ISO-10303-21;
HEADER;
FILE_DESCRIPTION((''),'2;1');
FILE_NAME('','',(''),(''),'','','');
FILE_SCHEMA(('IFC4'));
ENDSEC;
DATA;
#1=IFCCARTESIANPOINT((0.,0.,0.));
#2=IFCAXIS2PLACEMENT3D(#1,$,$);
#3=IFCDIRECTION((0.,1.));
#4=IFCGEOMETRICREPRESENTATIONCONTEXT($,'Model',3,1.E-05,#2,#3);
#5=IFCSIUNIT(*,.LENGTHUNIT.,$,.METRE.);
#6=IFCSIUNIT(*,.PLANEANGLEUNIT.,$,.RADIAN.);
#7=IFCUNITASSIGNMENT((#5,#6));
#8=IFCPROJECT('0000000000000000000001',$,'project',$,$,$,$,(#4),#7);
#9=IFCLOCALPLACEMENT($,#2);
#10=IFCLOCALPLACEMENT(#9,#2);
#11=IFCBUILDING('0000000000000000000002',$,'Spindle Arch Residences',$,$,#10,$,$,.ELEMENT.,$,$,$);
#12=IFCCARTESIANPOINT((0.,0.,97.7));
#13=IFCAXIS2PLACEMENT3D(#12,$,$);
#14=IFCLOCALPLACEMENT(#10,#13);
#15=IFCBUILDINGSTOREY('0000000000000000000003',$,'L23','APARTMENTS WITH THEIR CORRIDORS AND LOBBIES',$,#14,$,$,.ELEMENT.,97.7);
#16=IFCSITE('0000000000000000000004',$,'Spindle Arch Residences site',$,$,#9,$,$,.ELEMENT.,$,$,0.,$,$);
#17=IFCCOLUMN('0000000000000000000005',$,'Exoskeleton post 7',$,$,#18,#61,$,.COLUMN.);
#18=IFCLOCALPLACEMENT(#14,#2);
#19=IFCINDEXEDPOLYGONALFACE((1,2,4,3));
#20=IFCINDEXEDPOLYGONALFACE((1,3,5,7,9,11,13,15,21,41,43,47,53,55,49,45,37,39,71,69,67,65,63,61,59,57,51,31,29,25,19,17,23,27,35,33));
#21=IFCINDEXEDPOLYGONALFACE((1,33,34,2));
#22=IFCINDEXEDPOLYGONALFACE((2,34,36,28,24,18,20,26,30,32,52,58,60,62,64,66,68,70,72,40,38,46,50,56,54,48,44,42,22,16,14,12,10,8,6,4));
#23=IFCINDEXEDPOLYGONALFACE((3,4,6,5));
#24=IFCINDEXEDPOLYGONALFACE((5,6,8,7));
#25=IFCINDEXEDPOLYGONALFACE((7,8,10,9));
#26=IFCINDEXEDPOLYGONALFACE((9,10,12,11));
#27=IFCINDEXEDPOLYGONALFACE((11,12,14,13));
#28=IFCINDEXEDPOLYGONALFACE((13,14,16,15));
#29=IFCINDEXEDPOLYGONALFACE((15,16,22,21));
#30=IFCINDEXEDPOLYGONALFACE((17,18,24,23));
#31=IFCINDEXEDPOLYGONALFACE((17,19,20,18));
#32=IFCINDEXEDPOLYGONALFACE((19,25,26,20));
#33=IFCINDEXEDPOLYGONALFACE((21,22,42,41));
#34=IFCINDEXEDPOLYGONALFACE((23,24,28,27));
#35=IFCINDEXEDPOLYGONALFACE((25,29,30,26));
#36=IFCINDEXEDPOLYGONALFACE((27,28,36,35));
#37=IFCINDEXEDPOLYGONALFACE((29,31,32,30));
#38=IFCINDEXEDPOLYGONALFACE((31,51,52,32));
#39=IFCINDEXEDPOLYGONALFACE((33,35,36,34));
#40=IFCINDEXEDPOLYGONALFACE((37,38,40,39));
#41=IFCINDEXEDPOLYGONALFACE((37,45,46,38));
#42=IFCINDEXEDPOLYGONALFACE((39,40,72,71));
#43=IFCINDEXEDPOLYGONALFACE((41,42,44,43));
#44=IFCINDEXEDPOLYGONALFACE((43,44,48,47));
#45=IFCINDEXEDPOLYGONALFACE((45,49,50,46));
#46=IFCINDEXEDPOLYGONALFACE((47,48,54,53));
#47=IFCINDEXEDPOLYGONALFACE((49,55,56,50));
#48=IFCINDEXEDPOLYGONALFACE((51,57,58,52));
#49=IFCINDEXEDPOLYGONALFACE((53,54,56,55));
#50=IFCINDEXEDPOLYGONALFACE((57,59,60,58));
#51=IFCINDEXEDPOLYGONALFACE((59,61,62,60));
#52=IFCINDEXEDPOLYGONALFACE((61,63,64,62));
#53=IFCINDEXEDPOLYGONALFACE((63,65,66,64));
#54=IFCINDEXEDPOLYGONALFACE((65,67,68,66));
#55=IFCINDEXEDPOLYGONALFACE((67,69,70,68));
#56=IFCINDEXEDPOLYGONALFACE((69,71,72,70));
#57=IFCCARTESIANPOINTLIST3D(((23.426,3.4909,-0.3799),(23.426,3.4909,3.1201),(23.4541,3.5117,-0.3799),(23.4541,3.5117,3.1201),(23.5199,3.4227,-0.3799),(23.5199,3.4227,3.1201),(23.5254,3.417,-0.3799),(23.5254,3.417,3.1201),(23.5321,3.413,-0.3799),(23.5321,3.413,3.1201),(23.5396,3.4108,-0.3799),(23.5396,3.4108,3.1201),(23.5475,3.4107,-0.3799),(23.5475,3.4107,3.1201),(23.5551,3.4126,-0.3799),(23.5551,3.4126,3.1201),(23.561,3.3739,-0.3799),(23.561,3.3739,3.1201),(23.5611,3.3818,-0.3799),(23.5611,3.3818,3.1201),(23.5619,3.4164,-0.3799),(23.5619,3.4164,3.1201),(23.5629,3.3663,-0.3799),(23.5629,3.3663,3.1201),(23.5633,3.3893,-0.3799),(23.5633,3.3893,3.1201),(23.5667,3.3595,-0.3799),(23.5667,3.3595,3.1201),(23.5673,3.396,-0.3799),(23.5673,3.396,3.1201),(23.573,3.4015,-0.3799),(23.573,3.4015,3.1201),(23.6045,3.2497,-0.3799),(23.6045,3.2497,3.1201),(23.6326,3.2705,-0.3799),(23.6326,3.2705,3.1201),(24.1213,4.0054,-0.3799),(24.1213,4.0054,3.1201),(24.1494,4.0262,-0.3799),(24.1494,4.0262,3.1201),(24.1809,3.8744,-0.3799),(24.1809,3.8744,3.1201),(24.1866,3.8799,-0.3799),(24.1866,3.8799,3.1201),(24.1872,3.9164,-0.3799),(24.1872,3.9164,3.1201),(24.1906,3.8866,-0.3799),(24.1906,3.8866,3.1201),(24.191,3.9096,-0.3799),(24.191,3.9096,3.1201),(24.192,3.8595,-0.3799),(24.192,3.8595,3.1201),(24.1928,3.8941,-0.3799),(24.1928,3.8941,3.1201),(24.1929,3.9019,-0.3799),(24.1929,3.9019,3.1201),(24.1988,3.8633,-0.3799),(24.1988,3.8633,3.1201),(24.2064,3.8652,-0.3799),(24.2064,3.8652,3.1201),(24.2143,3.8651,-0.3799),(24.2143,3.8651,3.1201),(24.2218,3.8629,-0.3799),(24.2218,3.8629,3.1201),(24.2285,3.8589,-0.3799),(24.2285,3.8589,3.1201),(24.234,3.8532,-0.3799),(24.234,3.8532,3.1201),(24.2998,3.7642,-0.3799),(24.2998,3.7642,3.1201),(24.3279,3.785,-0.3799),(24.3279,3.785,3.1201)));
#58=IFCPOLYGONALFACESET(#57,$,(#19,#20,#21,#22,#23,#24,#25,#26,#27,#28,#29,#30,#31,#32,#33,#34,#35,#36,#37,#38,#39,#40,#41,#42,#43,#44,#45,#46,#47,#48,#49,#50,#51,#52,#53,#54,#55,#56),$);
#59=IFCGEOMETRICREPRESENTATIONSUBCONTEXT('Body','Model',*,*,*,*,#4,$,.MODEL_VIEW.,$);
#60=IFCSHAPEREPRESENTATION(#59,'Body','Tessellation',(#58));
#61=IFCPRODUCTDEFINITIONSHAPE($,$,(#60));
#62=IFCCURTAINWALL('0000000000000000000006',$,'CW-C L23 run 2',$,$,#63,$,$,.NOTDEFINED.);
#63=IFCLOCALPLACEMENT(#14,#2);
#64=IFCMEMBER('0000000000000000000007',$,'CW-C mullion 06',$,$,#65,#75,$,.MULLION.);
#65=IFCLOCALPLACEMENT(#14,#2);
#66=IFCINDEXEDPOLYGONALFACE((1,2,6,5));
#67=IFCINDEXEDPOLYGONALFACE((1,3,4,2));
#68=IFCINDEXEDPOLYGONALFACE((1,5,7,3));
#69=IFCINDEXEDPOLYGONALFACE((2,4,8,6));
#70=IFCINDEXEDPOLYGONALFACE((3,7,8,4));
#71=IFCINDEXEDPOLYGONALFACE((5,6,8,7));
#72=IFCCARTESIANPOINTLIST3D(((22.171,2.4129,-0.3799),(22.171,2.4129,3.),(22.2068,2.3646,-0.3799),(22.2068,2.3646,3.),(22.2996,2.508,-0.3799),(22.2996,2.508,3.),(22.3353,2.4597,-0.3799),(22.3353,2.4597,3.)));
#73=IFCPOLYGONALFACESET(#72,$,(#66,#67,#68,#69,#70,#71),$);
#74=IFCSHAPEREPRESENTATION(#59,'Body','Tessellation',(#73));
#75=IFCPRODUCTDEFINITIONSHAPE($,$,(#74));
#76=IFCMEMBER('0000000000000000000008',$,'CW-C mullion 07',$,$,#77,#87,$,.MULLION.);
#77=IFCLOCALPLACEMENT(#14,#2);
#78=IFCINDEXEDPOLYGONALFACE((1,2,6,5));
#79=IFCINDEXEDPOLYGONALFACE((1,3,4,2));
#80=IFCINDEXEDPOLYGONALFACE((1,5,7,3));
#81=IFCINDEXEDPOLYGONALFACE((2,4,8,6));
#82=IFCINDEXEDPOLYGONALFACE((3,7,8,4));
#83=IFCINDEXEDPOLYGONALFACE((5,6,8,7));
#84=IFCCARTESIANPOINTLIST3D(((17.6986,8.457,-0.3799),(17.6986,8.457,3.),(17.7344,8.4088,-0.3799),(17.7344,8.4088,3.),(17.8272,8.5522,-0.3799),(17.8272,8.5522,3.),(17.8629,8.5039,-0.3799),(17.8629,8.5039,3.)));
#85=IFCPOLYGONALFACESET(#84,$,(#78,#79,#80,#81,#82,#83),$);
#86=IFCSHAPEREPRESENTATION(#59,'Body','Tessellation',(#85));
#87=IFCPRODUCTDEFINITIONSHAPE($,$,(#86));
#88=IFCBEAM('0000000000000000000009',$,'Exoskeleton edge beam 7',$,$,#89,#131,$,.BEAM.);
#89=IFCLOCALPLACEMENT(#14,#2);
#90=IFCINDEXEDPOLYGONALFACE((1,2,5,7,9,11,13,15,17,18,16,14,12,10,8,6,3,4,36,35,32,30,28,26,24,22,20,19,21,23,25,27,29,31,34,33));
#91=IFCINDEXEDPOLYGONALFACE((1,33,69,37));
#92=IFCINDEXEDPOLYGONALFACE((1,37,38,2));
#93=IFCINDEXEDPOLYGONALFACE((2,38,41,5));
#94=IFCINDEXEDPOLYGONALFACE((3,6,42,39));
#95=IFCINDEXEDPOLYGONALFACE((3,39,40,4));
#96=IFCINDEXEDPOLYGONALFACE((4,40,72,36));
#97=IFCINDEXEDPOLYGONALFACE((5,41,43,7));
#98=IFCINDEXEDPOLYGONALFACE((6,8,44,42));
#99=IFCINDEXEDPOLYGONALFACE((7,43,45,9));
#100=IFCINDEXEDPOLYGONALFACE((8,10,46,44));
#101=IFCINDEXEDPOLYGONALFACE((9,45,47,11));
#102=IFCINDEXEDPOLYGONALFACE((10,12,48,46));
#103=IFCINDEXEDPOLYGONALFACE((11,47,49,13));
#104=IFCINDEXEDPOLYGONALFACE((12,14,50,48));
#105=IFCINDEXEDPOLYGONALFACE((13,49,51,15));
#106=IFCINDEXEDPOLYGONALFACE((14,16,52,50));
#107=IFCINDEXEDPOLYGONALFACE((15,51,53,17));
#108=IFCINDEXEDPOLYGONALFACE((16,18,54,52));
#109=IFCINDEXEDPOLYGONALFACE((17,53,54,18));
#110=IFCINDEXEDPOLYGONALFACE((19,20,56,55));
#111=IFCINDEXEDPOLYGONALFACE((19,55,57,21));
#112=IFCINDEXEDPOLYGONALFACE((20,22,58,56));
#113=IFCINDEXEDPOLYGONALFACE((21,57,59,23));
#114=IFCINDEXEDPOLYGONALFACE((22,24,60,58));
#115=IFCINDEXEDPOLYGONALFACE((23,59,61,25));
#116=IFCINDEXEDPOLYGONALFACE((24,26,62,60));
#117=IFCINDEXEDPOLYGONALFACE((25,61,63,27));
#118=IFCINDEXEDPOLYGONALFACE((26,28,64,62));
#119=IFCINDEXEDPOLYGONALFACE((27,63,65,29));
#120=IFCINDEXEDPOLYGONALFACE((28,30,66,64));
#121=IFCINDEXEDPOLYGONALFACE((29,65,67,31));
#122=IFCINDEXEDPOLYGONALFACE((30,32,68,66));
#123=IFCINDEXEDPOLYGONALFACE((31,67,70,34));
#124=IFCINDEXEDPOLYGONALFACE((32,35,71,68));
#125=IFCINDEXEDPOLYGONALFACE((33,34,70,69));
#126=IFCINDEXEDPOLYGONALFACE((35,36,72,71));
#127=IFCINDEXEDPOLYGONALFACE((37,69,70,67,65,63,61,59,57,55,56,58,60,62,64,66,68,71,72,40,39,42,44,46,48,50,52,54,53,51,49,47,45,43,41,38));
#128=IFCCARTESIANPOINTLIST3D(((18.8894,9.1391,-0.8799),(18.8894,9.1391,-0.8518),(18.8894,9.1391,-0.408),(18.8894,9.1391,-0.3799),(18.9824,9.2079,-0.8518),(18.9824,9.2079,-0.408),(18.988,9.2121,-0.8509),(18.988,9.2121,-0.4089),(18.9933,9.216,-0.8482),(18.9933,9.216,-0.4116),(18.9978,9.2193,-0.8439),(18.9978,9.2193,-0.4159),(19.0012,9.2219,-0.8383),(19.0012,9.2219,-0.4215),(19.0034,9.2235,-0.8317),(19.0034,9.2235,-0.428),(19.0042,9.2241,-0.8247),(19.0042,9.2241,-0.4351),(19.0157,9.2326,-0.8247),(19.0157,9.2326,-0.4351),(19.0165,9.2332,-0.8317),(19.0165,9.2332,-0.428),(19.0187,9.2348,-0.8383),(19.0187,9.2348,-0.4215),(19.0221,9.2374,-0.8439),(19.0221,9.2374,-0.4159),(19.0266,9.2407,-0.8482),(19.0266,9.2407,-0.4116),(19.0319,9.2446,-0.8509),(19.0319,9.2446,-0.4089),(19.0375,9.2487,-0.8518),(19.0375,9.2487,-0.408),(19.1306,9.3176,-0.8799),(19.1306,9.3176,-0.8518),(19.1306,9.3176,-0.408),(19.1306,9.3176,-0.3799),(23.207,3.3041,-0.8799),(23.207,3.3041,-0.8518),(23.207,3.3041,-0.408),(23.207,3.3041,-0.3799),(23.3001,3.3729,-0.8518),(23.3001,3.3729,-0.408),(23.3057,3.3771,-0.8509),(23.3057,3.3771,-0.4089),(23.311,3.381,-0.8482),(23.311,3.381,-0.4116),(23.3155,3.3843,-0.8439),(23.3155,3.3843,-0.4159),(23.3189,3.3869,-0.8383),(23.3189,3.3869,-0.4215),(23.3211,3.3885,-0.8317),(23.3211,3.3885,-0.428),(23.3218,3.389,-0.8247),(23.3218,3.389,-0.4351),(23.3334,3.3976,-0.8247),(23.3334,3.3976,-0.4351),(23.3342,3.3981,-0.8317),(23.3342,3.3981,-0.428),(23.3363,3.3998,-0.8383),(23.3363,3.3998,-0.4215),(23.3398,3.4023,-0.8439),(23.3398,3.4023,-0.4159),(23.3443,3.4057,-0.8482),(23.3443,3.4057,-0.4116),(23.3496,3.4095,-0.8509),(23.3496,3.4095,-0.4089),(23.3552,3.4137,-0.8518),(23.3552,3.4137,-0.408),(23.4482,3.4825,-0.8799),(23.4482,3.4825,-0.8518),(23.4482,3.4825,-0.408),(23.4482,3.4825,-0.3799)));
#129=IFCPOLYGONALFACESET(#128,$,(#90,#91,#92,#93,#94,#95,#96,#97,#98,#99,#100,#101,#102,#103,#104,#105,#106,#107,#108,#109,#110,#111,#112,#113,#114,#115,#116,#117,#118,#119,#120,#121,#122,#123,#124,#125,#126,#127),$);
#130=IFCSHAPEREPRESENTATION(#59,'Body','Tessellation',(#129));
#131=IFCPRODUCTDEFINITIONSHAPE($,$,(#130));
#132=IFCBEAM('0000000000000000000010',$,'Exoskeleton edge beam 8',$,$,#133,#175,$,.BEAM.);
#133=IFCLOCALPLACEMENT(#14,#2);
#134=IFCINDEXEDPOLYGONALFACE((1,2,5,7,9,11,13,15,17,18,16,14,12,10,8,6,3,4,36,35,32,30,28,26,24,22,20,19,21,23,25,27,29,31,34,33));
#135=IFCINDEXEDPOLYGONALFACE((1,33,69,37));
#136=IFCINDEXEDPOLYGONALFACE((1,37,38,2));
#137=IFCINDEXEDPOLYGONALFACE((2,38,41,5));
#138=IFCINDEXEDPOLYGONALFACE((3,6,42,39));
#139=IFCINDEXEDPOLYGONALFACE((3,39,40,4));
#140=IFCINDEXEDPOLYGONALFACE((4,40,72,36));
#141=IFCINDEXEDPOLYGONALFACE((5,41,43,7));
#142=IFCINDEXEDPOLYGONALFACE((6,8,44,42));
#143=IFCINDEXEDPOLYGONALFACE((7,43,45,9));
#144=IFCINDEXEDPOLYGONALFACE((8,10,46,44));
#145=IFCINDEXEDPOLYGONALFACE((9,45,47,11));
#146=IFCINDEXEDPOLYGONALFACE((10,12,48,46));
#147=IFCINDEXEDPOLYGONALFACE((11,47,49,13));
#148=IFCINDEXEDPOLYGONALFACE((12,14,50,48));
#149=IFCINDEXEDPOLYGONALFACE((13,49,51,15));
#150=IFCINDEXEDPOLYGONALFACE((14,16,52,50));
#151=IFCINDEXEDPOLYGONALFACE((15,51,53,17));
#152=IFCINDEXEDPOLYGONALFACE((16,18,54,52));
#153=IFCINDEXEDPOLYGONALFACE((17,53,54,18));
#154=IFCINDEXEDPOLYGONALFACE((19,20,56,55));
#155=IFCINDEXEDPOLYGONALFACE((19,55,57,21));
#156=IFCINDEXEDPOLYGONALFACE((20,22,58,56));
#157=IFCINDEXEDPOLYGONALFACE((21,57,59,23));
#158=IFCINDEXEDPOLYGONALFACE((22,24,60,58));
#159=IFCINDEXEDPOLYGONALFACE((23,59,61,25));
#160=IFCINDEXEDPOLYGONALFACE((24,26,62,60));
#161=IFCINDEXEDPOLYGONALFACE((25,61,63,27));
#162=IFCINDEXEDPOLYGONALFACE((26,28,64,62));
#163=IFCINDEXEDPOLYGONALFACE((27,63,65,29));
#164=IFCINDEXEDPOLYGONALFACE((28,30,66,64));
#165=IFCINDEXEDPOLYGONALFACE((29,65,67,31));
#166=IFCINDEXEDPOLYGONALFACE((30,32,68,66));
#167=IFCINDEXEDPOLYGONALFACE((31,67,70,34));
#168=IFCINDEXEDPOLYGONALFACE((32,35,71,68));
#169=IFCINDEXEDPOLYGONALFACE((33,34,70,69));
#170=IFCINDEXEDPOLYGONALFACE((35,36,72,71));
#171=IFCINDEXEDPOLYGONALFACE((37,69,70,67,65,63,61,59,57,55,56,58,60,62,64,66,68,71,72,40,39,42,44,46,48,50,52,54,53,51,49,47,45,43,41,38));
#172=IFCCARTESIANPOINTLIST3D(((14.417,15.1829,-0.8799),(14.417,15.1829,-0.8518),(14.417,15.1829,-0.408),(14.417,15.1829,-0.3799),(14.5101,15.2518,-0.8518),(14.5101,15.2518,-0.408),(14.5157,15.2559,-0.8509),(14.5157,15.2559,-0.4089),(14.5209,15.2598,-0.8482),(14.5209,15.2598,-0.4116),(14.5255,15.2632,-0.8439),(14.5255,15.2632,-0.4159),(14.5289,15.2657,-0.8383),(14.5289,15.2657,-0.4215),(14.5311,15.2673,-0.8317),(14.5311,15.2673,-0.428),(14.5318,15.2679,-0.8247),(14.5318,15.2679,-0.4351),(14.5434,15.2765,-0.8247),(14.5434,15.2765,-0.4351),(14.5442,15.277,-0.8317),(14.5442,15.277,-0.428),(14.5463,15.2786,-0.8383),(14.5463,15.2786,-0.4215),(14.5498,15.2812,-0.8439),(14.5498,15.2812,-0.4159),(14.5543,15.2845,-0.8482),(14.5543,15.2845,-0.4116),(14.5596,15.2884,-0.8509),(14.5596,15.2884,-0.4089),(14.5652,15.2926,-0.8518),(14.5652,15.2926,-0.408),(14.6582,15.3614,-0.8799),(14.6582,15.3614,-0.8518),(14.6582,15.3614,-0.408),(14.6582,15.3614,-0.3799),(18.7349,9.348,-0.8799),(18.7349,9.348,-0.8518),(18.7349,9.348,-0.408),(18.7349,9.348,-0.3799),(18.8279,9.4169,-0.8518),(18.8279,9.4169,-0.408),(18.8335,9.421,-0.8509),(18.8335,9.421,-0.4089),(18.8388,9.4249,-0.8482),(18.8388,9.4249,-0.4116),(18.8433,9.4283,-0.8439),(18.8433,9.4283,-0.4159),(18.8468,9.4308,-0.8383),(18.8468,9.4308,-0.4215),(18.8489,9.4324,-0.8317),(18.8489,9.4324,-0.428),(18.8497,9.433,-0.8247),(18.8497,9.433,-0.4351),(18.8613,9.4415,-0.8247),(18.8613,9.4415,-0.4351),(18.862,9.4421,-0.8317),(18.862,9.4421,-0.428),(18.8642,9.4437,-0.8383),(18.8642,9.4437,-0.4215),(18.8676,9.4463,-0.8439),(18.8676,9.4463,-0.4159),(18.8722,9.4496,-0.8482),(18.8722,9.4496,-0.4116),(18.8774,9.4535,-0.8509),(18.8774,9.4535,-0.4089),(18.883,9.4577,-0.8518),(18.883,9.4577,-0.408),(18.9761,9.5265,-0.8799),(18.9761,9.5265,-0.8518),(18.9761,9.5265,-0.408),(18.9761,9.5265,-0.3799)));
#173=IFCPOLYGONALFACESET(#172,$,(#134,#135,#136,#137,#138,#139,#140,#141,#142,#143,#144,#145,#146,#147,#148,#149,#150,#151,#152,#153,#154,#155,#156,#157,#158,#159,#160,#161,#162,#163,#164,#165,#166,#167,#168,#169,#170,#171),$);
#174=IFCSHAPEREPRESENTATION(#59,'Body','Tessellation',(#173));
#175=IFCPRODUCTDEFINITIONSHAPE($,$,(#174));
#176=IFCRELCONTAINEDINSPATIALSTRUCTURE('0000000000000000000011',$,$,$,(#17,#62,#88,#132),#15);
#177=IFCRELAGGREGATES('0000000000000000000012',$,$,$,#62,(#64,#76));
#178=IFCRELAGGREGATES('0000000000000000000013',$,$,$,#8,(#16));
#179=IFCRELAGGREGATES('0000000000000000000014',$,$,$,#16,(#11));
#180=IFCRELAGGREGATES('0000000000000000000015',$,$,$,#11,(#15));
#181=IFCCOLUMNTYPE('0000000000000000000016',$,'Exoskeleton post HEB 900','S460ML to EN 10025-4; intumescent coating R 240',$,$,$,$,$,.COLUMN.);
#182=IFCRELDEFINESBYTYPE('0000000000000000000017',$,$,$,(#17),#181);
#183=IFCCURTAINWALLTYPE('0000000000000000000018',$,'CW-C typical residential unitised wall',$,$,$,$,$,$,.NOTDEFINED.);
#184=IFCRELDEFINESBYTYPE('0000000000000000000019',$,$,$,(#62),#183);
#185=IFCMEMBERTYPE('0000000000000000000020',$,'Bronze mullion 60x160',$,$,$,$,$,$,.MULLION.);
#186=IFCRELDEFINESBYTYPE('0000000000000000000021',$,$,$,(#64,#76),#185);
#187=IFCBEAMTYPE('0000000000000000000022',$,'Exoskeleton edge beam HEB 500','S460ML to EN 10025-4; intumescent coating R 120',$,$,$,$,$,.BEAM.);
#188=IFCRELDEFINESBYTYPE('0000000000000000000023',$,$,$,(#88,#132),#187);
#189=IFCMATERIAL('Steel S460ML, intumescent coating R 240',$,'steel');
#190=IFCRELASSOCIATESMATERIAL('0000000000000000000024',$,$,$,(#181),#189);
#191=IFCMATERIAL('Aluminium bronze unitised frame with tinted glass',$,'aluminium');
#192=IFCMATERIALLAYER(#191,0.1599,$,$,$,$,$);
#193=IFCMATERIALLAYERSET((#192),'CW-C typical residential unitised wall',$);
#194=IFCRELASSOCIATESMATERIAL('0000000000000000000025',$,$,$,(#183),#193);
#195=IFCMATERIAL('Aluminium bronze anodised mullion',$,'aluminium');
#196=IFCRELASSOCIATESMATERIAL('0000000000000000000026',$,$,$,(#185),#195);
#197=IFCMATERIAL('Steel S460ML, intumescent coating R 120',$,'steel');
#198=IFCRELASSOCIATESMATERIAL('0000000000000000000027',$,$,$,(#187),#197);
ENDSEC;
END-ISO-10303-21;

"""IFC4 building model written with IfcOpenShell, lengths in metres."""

from ifc_helpers import new_model, si_unit, direction, frame, origin, origin_2d, place, context, subcontext, project, spatial, rectangle, i_section, extrude, material, layer, layer_set, material_profile, profile_set, type_object, element, aggregate, save


model = new_model("IFC4")

# Units and contexts
model_context = context("Model", 3, precision=1e-05, world=origin(), true_north=direction((0.0, 1.0)))
body_context = subcontext(model_context, "Body", "Model", "MODEL_VIEW")
ifc_project = project(units=[si_unit("LENGTHUNIT", "METRE"), si_unit("PLANEANGLEUNIT", "RADIAN")], contexts=[model_context])

# Site, building, storey
site_placement = place(None, origin())
site = spatial("IfcSite", under=ifc_project, at=site_placement, Name="Spindle Arch Residences site", CompositionType="ELEMENT", RefElevation=0.0)
building_placement = place(site_placement, origin())
building = spatial("IfcBuilding", under=site, at=building_placement, Name="Spindle Arch Residences", CompositionType="ELEMENT")
storey_placement = place(building_placement, frame((0.0, 0.0, 97.7)))
storey = spatial("IfcBuildingStorey", under=building, at=storey_placement, Name="L23", Description="APARTMENTS WITH THEIR CORRIDORS AND LOBBIES", CompositionType="ELEMENT", Elevation=97.7)

# Column
ifc_material_1 = material(Name="Steel S460ML, intumescent coating R 240", Category="steel")
ifc_material_profile_1 = material_profile(ifc_material_1, i_section(OverallWidth=0.3, OverallDepth=0.8999, WebThickness=0.0186, FlangeThickness=0.0349, FilletRadius=0.03, at=origin_2d()), Name="HEB 900")
ifc_profile_set_1 = profile_set([ifc_material_profile_1], Name="Steel S460ML, intumescent coating R 240")
column_type = type_object("IfcColumnType", Name="Exoskeleton post HEB 900", Description="S460ML to EN 10025-4; intumescent coating R 240", PredefinedType="COLUMN", material=ifc_profile_set_1)
column_placement = place(storey_placement, frame((23.877, 3.6379, -0.3799), z_axis=(0.0, 0.0, 1.0), x_axis=(0.594823, -0.803857, 0.0)))
element("IfcColumn", 1, at=column_placement, inside=storey, type_object=column_type, Name="Exoskeleton post 7", PredefinedType="COLUMN", context=body_context, shape_type="SweptSolid", body=[
    extrude(i_section(OverallWidth=0.3, OverallDepth=0.8999, WebThickness=0.0186, FlangeThickness=0.0349, FilletRadius=0.03, at=origin_2d()), origin(), (0.0, 0.0, 1.0), 3.5),
])

# Curtain wall, members
ifc_material_2 = material(Name="Aluminium bronze unitised frame with tinted glass", Category="aluminium")
ifc_layer_1 = layer(ifc_material_2, 0.1599)
ifc_layer_set_1 = layer_set([ifc_layer_1], Name="CW-C typical residential unitised wall")
curtain_wall_type = type_object("IfcCurtainWallType", Name="CW-C typical residential unitised wall", PredefinedType="NOTDEFINED", material=ifc_layer_set_1)
curtain_wall_placement = place(storey_placement, origin())
curtain_wall = element("IfcCurtainWall", 2, at=curtain_wall_placement, inside=storey, type_object=curtain_wall_type, Name="CW-C L23 run 2", PredefinedType="NOTDEFINED")
ifc_material_3 = material(Name="Aluminium bronze anodised mullion", Category="aluminium")
ifc_material_profile_2 = material_profile(ifc_material_3, rectangle(XDim=0.1599, YDim=0.0601, at=origin_2d()), Name="MU 60x160")
ifc_profile_set_2 = profile_set([ifc_material_profile_2], Name="Aluminium bronze anodised mullion")
member_type = type_object("IfcMemberType", Name="Bronze mullion 60x160", PredefinedType="MULLION", material=ifc_profile_set_2)
member_1_placement = place(storey_placement, frame((22.2532, 2.4363, -0.3799), z_axis=(0.0, 0.0, 1.0), x_axis=(-0.803857, -0.594823, 0.0)))
member_1 = element("IfcMember", 3, at=member_1_placement, type_object=member_type, Name="CW-C mullion 06", PredefinedType="MULLION", context=body_context, shape_type="SweptSolid", body=[
    extrude(rectangle(XDim=0.1599, YDim=0.0601, at=origin_2d()), origin(), (0.0, 0.0, 1.0), 3.3799),
])
member_2_placement = place(storey_placement, frame((17.7808, 8.4805, -0.3799), z_axis=(0.0, 0.0, 1.0), x_axis=(-0.803857, -0.594823, 0.0)))
member_2 = element("IfcMember", 4, at=member_2_placement, type_object=member_type, Name="CW-C mullion 07", PredefinedType="MULLION", context=body_context, shape_type="SweptSolid", body=[
    extrude(rectangle(XDim=0.1599, YDim=0.0601, at=origin_2d()), origin(), (0.0, 0.0, 1.0), 3.3799),
])

# Beams
ifc_material_4 = material(Name="Steel S460ML, intumescent coating R 120", Category="steel")
ifc_material_profile_3 = material_profile(ifc_material_4, i_section(OverallWidth=0.3, OverallDepth=0.5, WebThickness=0.0144, FlangeThickness=0.0281, FilletRadius=0.0271, at=origin_2d()), Name="HEB 500")
ifc_profile_set_3 = profile_set([ifc_material_profile_3], Name="Steel S460ML, intumescent coating R 120")
beam_type_1 = type_object("IfcBeamType", Name="Exoskeleton edge beam HEB 500", Description="S460ML to EN 10025-4; intumescent coating R 120", PredefinedType="BEAM", material=ifc_profile_set_3)
for number, where, z_axis, x_axis, name in (
    (5, (23.3276, 3.3933, -0.6299), (-0.594821, 0.803858, 0.0), (-0.803858, -0.594821, 0.0), "Exoskeleton edge beam 7"),
    (6, (18.8555, 9.4373, -0.6299), (-0.594843, 0.803842, 0.0), (-0.803842, -0.594843, 0.0), "Exoskeleton edge beam 8"),
):
    element("IfcBeam", number, at=place(storey_placement, frame(where, z_axis=z_axis, x_axis=x_axis)), inside=storey, type_object=beam_type_1, Name=name, PredefinedType="BEAM", context=body_context, shape_type="SweptSolid", body=[
        extrude(i_section(OverallWidth=0.3, OverallDepth=0.5, WebThickness=0.0144, FlangeThickness=0.0281, FilletRadius=0.0271, at=origin_2d()), origin(), (0.0, 0.0, 1.0), 7.2588),
    ])

aggregate(curtain_wall, [member_1, member_2])

save(model, "model.ifc")
